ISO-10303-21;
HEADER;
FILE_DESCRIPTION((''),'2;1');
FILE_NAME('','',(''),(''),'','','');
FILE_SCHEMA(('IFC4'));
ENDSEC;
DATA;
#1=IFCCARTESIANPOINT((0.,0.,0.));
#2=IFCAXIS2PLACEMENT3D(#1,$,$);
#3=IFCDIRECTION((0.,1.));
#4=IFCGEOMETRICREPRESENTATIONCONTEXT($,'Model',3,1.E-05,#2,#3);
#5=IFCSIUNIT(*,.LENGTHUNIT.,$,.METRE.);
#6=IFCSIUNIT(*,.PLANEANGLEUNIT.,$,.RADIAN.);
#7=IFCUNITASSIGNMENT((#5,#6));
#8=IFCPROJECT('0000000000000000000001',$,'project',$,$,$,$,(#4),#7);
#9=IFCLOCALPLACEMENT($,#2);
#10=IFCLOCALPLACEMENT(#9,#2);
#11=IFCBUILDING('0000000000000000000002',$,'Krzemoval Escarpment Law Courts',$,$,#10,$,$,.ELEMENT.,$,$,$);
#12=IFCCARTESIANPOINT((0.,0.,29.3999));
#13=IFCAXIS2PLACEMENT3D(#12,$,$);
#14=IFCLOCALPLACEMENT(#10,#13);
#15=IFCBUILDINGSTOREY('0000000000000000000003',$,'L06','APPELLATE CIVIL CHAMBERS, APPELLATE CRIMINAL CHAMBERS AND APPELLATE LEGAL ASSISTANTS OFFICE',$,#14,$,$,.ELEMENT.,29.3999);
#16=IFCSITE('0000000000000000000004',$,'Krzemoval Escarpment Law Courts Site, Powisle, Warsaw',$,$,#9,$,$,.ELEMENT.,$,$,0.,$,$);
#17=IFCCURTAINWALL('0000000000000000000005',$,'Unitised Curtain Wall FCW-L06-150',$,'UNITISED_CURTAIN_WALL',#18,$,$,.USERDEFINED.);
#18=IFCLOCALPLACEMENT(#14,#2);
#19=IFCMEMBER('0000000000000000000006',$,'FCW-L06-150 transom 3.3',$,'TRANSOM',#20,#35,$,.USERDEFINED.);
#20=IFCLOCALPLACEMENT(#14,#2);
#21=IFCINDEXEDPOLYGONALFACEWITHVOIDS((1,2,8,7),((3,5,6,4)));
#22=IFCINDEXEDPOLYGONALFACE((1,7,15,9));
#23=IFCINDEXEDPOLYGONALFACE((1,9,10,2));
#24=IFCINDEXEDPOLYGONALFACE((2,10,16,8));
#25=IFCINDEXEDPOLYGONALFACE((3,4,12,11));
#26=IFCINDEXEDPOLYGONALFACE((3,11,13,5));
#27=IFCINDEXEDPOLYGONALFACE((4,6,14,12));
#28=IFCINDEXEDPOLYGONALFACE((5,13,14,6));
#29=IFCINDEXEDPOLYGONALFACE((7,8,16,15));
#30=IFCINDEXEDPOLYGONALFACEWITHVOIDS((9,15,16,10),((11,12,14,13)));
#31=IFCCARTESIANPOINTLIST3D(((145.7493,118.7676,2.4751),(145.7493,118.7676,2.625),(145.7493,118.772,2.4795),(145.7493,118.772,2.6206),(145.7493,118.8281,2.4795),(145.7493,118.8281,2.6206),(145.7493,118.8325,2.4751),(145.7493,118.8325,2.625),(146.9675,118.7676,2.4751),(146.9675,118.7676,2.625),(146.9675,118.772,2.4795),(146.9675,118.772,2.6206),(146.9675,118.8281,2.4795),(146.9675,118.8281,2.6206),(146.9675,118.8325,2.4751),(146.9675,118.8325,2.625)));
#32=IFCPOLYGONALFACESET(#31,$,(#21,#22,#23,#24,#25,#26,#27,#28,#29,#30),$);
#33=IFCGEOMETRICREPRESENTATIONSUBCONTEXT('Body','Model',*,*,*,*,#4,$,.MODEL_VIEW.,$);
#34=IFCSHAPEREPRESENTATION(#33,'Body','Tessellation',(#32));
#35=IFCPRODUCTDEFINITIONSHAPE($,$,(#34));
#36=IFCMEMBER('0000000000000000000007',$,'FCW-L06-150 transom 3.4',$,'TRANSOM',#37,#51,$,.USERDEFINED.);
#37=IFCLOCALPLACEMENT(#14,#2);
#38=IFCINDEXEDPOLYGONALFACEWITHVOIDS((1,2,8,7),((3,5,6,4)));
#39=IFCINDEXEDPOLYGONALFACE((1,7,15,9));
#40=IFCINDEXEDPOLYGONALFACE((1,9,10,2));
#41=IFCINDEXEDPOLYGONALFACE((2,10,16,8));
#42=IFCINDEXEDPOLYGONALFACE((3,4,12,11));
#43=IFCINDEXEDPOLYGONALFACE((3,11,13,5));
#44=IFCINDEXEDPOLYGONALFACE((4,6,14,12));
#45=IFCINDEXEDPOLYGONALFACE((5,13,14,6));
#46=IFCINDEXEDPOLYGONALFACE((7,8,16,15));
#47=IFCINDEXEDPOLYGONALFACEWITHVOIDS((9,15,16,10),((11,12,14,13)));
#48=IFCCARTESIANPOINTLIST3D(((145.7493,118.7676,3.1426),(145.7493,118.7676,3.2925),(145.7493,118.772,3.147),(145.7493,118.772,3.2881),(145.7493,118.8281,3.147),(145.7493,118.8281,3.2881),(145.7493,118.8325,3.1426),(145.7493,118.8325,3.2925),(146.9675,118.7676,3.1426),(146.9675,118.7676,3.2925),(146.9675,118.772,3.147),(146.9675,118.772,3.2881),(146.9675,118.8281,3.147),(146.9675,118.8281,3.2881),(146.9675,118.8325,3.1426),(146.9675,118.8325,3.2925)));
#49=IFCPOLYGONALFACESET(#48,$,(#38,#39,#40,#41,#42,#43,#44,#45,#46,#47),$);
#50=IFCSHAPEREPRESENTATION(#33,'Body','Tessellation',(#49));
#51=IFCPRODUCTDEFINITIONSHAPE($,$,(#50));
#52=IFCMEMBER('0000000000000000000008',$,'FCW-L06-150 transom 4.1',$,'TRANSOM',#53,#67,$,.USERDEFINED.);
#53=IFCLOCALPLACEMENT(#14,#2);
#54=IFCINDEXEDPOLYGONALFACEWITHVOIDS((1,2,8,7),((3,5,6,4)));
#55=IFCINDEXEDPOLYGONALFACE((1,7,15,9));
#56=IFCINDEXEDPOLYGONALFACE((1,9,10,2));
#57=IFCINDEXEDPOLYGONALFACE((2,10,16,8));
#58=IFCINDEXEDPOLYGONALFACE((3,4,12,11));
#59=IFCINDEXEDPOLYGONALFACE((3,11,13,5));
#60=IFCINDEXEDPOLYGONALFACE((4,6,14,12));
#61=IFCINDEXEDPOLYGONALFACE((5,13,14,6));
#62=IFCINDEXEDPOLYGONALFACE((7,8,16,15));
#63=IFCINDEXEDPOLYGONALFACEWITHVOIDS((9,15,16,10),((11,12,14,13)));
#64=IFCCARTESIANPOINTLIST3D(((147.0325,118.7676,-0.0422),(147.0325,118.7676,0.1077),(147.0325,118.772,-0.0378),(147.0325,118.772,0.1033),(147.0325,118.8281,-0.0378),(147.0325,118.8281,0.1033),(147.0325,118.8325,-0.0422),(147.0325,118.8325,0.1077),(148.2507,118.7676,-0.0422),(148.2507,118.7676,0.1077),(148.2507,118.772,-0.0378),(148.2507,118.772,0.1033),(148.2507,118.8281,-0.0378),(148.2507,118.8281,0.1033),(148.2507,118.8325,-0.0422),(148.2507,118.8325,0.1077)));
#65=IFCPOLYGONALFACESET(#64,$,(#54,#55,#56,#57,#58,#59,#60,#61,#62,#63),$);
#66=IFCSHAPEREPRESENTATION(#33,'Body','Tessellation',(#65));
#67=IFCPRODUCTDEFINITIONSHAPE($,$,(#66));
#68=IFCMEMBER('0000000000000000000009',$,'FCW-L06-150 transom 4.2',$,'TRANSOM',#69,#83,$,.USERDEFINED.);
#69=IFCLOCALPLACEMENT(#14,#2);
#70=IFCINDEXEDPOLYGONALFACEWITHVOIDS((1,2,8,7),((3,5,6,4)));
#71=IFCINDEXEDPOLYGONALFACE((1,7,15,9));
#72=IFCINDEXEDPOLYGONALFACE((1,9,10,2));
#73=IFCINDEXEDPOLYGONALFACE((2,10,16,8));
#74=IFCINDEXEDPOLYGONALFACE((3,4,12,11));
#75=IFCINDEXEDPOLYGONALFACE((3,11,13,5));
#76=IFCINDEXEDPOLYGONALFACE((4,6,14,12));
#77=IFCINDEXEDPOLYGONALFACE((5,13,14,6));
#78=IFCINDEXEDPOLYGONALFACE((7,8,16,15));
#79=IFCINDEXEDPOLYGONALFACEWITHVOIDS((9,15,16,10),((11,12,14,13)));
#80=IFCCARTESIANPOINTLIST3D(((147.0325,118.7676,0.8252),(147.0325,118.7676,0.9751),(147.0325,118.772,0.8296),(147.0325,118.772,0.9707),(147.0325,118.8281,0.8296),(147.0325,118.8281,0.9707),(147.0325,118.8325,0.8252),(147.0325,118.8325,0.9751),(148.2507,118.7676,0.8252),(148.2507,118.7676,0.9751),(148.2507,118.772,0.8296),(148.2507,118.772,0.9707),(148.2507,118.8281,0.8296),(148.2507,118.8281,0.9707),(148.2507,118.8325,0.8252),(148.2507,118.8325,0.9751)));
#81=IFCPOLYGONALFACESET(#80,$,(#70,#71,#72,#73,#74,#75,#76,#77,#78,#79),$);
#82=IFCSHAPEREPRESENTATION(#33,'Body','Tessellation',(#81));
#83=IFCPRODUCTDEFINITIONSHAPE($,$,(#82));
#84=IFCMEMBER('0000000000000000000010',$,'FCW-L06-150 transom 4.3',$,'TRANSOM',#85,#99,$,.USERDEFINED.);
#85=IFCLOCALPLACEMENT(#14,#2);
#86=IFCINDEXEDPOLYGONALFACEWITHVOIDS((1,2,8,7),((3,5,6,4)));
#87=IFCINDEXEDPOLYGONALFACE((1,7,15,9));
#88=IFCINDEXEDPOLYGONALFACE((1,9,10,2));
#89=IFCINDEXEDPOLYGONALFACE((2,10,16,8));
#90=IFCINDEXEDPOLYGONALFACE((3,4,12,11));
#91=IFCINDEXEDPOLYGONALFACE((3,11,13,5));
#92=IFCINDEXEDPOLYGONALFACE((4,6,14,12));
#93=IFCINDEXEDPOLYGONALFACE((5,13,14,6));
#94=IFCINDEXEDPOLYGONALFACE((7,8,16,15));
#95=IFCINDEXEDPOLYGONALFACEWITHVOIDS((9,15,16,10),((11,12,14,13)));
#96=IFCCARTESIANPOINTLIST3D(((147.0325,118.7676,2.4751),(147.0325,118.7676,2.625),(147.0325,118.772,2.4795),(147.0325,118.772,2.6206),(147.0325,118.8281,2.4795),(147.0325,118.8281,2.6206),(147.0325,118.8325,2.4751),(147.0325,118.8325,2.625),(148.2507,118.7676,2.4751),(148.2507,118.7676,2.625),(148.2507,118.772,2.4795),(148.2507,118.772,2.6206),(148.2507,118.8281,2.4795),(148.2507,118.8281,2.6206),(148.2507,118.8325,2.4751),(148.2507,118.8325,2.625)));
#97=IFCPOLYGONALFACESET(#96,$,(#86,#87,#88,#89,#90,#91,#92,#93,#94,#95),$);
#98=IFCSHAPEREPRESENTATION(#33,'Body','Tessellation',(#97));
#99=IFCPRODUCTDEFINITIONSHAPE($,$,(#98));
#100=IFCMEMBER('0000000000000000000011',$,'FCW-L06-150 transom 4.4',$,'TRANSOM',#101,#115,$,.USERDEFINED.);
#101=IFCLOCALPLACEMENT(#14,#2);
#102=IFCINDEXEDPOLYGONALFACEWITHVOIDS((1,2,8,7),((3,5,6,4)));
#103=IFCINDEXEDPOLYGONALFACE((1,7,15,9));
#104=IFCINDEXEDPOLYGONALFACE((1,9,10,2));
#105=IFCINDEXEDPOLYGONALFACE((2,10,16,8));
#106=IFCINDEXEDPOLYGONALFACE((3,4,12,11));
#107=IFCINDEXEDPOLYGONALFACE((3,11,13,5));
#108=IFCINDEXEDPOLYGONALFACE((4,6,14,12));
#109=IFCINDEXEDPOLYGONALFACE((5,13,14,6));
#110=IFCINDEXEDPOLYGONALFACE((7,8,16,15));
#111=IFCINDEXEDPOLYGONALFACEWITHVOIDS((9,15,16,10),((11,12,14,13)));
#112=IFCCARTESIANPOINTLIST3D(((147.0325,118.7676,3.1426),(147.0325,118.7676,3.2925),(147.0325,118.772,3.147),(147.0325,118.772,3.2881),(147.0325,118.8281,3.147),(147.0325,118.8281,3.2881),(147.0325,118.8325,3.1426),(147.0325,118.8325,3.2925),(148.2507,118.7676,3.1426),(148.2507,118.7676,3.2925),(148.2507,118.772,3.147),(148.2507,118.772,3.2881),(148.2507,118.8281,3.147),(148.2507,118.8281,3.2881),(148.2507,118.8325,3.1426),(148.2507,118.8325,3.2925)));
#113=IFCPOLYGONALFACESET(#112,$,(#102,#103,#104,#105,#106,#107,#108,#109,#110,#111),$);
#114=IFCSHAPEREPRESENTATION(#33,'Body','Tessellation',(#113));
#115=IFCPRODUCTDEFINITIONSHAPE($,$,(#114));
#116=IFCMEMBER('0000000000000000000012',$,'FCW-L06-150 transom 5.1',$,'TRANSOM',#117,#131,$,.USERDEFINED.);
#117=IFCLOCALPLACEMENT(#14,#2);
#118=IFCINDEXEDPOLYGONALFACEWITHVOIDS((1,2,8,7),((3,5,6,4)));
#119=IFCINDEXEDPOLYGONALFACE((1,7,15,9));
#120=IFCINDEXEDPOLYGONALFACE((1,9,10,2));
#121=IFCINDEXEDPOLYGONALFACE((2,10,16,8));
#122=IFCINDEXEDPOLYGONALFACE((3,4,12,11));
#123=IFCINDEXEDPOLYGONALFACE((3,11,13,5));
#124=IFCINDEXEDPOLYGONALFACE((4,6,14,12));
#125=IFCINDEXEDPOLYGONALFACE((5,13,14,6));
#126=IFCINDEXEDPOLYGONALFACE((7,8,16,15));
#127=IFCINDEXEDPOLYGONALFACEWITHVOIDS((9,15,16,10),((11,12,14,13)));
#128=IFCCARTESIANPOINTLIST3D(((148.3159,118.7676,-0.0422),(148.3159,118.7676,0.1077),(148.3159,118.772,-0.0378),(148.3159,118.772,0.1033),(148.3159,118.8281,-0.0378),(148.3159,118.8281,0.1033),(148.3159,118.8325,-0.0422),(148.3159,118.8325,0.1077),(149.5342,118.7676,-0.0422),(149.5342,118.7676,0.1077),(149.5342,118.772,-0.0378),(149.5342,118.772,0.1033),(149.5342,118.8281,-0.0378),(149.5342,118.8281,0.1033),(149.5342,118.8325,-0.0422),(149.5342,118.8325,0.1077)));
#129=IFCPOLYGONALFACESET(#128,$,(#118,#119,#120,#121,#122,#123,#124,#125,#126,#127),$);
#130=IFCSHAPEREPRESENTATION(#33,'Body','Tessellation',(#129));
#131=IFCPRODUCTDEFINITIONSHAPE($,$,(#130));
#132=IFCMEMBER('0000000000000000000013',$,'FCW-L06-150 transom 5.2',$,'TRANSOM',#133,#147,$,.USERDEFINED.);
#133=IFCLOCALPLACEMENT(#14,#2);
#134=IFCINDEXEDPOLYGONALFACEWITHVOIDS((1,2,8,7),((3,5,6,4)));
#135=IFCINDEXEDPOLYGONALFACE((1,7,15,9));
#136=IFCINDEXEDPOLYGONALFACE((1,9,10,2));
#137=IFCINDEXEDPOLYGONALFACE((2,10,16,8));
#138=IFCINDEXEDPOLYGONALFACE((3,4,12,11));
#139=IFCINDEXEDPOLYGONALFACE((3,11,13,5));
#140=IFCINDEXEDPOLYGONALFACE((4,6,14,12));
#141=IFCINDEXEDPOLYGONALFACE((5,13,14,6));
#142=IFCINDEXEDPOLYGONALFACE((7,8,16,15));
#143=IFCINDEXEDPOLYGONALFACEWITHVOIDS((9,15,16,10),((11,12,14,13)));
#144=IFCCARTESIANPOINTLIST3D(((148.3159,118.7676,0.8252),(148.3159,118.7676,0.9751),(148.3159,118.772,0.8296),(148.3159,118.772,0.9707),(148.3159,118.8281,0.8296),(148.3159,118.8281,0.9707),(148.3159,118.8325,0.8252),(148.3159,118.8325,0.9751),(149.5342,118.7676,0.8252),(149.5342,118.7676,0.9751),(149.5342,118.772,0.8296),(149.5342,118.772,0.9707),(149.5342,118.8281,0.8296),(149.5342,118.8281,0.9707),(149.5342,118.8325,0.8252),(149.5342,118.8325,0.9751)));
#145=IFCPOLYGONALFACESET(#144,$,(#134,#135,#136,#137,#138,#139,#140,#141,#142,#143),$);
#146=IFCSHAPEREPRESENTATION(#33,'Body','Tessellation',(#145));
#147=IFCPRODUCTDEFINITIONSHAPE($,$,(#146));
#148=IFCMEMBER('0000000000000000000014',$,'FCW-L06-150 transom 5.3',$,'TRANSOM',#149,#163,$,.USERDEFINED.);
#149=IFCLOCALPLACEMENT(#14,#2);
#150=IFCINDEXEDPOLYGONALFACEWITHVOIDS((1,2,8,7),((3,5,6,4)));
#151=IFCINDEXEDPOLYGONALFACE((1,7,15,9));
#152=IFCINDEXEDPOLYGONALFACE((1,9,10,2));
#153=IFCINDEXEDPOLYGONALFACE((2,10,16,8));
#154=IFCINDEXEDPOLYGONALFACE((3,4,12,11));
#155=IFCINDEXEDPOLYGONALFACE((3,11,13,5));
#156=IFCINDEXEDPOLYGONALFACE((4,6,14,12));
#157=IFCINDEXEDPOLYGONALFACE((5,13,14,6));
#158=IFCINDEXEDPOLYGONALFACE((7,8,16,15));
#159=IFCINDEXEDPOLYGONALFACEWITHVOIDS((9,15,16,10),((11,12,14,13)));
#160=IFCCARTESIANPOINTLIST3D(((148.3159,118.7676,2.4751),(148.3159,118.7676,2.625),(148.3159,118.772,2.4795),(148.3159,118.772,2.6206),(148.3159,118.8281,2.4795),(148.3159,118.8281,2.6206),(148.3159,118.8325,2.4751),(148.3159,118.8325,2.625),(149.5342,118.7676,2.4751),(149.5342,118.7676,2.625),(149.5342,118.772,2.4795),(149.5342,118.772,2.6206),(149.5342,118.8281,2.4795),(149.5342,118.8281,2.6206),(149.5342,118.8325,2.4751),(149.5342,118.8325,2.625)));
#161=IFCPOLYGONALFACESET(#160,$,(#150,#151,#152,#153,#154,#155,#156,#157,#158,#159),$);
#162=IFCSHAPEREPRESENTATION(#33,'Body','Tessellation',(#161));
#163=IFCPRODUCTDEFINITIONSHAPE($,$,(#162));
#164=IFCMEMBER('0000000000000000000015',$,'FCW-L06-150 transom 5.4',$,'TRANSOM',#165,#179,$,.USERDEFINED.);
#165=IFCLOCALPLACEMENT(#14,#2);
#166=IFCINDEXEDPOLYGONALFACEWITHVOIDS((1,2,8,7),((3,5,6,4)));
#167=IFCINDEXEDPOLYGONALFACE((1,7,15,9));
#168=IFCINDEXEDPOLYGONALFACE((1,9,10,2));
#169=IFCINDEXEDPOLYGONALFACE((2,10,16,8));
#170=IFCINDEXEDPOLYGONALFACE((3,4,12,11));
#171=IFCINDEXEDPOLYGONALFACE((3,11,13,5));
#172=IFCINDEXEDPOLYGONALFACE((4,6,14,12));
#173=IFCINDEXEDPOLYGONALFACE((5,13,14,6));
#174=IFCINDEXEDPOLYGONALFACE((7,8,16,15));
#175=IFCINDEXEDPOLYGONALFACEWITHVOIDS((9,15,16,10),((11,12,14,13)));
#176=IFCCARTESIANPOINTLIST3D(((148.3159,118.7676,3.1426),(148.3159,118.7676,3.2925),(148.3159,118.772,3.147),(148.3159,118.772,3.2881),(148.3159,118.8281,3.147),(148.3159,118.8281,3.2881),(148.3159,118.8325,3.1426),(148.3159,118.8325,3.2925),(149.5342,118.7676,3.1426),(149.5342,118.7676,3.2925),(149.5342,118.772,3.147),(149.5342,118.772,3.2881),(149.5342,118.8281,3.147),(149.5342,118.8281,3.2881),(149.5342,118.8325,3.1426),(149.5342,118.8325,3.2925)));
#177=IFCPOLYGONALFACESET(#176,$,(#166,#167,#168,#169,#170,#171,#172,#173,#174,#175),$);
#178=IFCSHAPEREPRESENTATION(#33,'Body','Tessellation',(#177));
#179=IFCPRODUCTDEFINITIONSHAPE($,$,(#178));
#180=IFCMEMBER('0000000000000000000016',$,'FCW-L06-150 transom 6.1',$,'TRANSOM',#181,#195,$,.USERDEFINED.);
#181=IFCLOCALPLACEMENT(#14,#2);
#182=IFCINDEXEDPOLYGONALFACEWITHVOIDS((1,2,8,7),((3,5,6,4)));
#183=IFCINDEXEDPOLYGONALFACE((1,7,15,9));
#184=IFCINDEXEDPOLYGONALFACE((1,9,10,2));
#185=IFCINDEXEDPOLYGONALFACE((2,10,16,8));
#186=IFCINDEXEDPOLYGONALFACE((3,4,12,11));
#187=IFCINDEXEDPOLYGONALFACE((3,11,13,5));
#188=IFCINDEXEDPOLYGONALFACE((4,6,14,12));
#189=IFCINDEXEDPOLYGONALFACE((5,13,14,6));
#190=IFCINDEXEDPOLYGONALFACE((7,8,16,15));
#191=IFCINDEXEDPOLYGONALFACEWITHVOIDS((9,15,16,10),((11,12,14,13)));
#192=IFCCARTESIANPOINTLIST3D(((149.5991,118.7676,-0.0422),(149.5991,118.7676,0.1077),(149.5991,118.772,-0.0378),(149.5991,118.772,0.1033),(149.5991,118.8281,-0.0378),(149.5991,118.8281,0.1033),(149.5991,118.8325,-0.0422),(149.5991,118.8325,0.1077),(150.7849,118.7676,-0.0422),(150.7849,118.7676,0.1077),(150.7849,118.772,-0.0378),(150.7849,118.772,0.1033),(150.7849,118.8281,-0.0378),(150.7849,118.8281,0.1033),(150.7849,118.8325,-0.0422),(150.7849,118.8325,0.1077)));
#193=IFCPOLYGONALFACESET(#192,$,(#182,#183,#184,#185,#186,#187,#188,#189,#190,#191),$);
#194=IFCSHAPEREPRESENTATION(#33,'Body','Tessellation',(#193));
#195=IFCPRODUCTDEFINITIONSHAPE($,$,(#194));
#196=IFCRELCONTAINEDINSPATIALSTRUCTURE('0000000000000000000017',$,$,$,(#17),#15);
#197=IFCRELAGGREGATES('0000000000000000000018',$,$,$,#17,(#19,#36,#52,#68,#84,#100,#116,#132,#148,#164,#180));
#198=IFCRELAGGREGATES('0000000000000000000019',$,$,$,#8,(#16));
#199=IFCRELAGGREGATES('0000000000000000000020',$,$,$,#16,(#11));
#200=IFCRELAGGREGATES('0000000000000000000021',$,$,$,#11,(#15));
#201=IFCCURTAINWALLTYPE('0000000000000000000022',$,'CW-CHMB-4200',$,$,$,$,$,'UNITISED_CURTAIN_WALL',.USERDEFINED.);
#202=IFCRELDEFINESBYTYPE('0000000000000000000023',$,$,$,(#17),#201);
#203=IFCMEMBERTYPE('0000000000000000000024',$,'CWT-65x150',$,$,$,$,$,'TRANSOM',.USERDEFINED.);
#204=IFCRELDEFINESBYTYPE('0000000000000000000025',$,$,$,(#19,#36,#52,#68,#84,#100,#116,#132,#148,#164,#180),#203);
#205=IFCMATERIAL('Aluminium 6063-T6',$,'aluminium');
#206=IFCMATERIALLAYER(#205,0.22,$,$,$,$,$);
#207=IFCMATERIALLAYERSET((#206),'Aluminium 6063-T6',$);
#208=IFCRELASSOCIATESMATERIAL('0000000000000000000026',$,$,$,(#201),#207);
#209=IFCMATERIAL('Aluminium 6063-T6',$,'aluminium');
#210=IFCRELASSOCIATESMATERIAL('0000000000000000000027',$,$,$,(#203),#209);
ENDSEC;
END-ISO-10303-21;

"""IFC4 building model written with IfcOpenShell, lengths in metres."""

from ifc_helpers import new_model, si_unit, direction, frame, origin, origin_2d, place, context, subcontext, project, spatial, hollow_rectangle, extrude, material, layer, layer_set, material_profile, profile_set, type_object, element, aggregate, save


model = new_model("IFC4")

# Units and contexts
model_context = context("Model", 3, precision=1e-05, world=origin(), true_north=direction((0.0, 1.0)))
body_context = subcontext(model_context, "Body", "Model", "MODEL_VIEW")
ifc_project = project(units=[si_unit("LENGTHUNIT", "METRE"), si_unit("PLANEANGLEUNIT", "RADIAN")], contexts=[model_context])

# Site, building, storey
site_placement = place(None, origin())
site = spatial("IfcSite", under=ifc_project, at=site_placement, Name="Krzemoval Escarpment Law Courts Site, Powisle, Warsaw", CompositionType="ELEMENT", RefElevation=0.0)
building_placement = place(site_placement, origin())
building = spatial("IfcBuilding", under=site, at=building_placement, Name="Krzemoval Escarpment Law Courts", CompositionType="ELEMENT")
storey_placement = place(building_placement, frame((0.0, 0.0, 29.3999)))
storey = spatial("IfcBuildingStorey", under=building, at=storey_placement, Name="L06", Description="APPELLATE CIVIL CHAMBERS, APPELLATE CRIMINAL CHAMBERS AND APPELLATE LEGAL ASSISTANTS OFFICE", CompositionType="ELEMENT", Elevation=29.3999)

# Curtain wall, members
ifc_material_1 = material(Name="Aluminium 6063-T6", Category="aluminium")
ifc_layer_1 = layer(ifc_material_1, 0.22)
ifc_layer_set_1 = layer_set([ifc_layer_1], Name="Aluminium 6063-T6")
curtain_wall_type = type_object("IfcCurtainWallType", Name="CW-CHMB-4200", ElementType="UNITISED_CURTAIN_WALL", PredefinedType="USERDEFINED", material=ifc_layer_set_1)
curtain_wall_placement = place(storey_placement, origin())
curtain_wall = element("IfcCurtainWall", 1, at=curtain_wall_placement, inside=storey, type_object=curtain_wall_type, Name="Unitised Curtain Wall FCW-L06-150", ObjectType="UNITISED_CURTAIN_WALL", PredefinedType="USERDEFINED")
ifc_material_2 = material(Name="Aluminium 6063-T6", Category="aluminium")
ifc_material_profile_1 = material_profile(ifc_material_2, hollow_rectangle(XDim=0.0649, YDim=0.1499, WallThickness=0.0044, at=origin_2d()), Name="ALU T65x150")
ifc_profile_set_1 = profile_set([ifc_material_profile_1], Name="Aluminium 6063-T6")
member_type_1 = type_object("IfcMemberType", Name="CWT-65x150", ElementType="TRANSOM", PredefinedType="USERDEFINED", material=ifc_profile_set_1)
member_1_placement = place(storey_placement, frame((145.7493, 118.8, 2.55), z_axis=(1.0, 0.0, 0.0), x_axis=(0.0, 1.0, 0.0)))
member_1 = element("IfcMember", 2, at=member_1_placement, type_object=member_type_1, Name="FCW-L06-150 transom 3.3", ObjectType="TRANSOM", PredefinedType="USERDEFINED", context=body_context, shape_type="SweptSolid", body=[
    extrude(hollow_rectangle(XDim=0.0649, YDim=0.1499, WallThickness=0.0044, at=origin_2d()), origin(), (0.0, 0.0, 1.0), 1.2183),
])
member_2_placement = place(storey_placement, frame((145.7493, 118.8, 3.2175), z_axis=(1.0, 0.0, 0.0), x_axis=(0.0, 1.0, 0.0)))
member_2 = element("IfcMember", 3, at=member_2_placement, type_object=member_type_1, Name="FCW-L06-150 transom 3.4", ObjectType="TRANSOM", PredefinedType="USERDEFINED", context=body_context, shape_type="SweptSolid", body=[
    extrude(hollow_rectangle(XDim=0.0649, YDim=0.1499, WallThickness=0.0044, at=origin_2d()), origin(), (0.0, 0.0, 1.0), 1.2183),
])
member_3_placement = place(storey_placement, frame((147.0325, 118.8, 0.0327), z_axis=(1.0, 0.0, 0.0), x_axis=(0.0, 1.0, 0.0)))
member_3 = element("IfcMember", 4, at=member_3_placement, type_object=member_type_1, Name="FCW-L06-150 transom 4.1", ObjectType="TRANSOM", PredefinedType="USERDEFINED", context=body_context, shape_type="SweptSolid", body=[
    extrude(hollow_rectangle(XDim=0.0649, YDim=0.1499, WallThickness=0.0044, at=origin_2d()), origin(), (0.0, 0.0, 1.0), 1.2183),
])
member_4_placement = place(storey_placement, frame((147.0325, 118.8, 0.9001), z_axis=(1.0, 0.0, 0.0), x_axis=(0.0, 1.0, 0.0)))
member_4 = element("IfcMember", 5, at=member_4_placement, type_object=member_type_1, Name="FCW-L06-150 transom 4.2", ObjectType="TRANSOM", PredefinedType="USERDEFINED", context=body_context, shape_type="SweptSolid", body=[
    extrude(hollow_rectangle(XDim=0.0649, YDim=0.1499, WallThickness=0.0044, at=origin_2d()), origin(), (0.0, 0.0, 1.0), 1.2183),
])
member_5_placement = place(storey_placement, frame((147.0325, 118.8, 2.55), z_axis=(1.0, 0.0, 0.0), x_axis=(0.0, 1.0, 0.0)))
member_5 = element("IfcMember", 6, at=member_5_placement, type_object=member_type_1, Name="FCW-L06-150 transom 4.3", ObjectType="TRANSOM", PredefinedType="USERDEFINED", context=body_context, shape_type="SweptSolid", body=[
    extrude(hollow_rectangle(XDim=0.0649, YDim=0.1499, WallThickness=0.0044, at=origin_2d()), origin(), (0.0, 0.0, 1.0), 1.2183),
])
member_6_placement = place(storey_placement, frame((147.0325, 118.8, 3.2175), z_axis=(1.0, 0.0, 0.0), x_axis=(0.0, 1.0, 0.0)))
member_6 = element("IfcMember", 7, at=member_6_placement, type_object=member_type_1, Name="FCW-L06-150 transom 4.4", ObjectType="TRANSOM", PredefinedType="USERDEFINED", context=body_context, shape_type="SweptSolid", body=[
    extrude(hollow_rectangle(XDim=0.0649, YDim=0.1499, WallThickness=0.0044, at=origin_2d()), origin(), (0.0, 0.0, 1.0), 1.2183),
])
member_7_placement = place(storey_placement, frame((148.3159, 118.8, 0.0327), z_axis=(1.0, 0.0, 0.0), x_axis=(0.0, 1.0, 0.0)))
member_7 = element("IfcMember", 8, at=member_7_placement, type_object=member_type_1, Name="FCW-L06-150 transom 5.1", ObjectType="TRANSOM", PredefinedType="USERDEFINED", context=body_context, shape_type="SweptSolid", body=[
    extrude(hollow_rectangle(XDim=0.0649, YDim=0.1499, WallThickness=0.0044, at=origin_2d()), origin(), (0.0, 0.0, 1.0), 1.2183),
])
member_8_placement = place(storey_placement, frame((148.3159, 118.8, 0.9001), z_axis=(1.0, 0.0, 0.0), x_axis=(0.0, 1.0, 0.0)))
member_8 = element("IfcMember", 9, at=member_8_placement, type_object=member_type_1, Name="FCW-L06-150 transom 5.2", ObjectType="TRANSOM", PredefinedType="USERDEFINED", context=body_context, shape_type="SweptSolid", body=[
    extrude(hollow_rectangle(XDim=0.0649, YDim=0.1499, WallThickness=0.0044, at=origin_2d()), origin(), (0.0, 0.0, 1.0), 1.2183),
])
member_9_placement = place(storey_placement, frame((148.3159, 118.8, 2.55), z_axis=(1.0, 0.0, 0.0), x_axis=(0.0, 1.0, 0.0)))
member_9 = element("IfcMember", 10, at=member_9_placement, type_object=member_type_1, Name="FCW-L06-150 transom 5.3", ObjectType="TRANSOM", PredefinedType="USERDEFINED", context=body_context, shape_type="SweptSolid", body=[
    extrude(hollow_rectangle(XDim=0.0649, YDim=0.1499, WallThickness=0.0044, at=origin_2d()), origin(), (0.0, 0.0, 1.0), 1.2183),
])
member_10_placement = place(storey_placement, frame((148.3159, 118.8, 3.2175), z_axis=(1.0, 0.0, 0.0), x_axis=(0.0, 1.0, 0.0)))
member_10 = element("IfcMember", 11, at=member_10_placement, type_object=member_type_1, Name="FCW-L06-150 transom 5.4", ObjectType="TRANSOM", PredefinedType="USERDEFINED", context=body_context, shape_type="SweptSolid", body=[
    extrude(hollow_rectangle(XDim=0.0649, YDim=0.1499, WallThickness=0.0044, at=origin_2d()), origin(), (0.0, 0.0, 1.0), 1.2183),
])
member_11_placement = place(storey_placement, frame((149.5991, 118.8, 0.0327), z_axis=(1.0, 0.0, 0.0), x_axis=(0.0, 1.0, 0.0)))
member_11 = element("IfcMember", 12, at=member_11_placement, type_object=member_type_1, Name="FCW-L06-150 transom 6.1", ObjectType="TRANSOM", PredefinedType="USERDEFINED", context=body_context, shape_type="SweptSolid", body=[
    extrude(hollow_rectangle(XDim=0.0649, YDim=0.1499, WallThickness=0.0044, at=origin_2d()), origin(), (0.0, 0.0, 1.0), 1.1858),
])
aggregate(curtain_wall, [member_1, member_2, member_3, member_4, member_5, member_6, member_7, member_8, member_9, member_10, member_11])

save(model, "model.ifc")
